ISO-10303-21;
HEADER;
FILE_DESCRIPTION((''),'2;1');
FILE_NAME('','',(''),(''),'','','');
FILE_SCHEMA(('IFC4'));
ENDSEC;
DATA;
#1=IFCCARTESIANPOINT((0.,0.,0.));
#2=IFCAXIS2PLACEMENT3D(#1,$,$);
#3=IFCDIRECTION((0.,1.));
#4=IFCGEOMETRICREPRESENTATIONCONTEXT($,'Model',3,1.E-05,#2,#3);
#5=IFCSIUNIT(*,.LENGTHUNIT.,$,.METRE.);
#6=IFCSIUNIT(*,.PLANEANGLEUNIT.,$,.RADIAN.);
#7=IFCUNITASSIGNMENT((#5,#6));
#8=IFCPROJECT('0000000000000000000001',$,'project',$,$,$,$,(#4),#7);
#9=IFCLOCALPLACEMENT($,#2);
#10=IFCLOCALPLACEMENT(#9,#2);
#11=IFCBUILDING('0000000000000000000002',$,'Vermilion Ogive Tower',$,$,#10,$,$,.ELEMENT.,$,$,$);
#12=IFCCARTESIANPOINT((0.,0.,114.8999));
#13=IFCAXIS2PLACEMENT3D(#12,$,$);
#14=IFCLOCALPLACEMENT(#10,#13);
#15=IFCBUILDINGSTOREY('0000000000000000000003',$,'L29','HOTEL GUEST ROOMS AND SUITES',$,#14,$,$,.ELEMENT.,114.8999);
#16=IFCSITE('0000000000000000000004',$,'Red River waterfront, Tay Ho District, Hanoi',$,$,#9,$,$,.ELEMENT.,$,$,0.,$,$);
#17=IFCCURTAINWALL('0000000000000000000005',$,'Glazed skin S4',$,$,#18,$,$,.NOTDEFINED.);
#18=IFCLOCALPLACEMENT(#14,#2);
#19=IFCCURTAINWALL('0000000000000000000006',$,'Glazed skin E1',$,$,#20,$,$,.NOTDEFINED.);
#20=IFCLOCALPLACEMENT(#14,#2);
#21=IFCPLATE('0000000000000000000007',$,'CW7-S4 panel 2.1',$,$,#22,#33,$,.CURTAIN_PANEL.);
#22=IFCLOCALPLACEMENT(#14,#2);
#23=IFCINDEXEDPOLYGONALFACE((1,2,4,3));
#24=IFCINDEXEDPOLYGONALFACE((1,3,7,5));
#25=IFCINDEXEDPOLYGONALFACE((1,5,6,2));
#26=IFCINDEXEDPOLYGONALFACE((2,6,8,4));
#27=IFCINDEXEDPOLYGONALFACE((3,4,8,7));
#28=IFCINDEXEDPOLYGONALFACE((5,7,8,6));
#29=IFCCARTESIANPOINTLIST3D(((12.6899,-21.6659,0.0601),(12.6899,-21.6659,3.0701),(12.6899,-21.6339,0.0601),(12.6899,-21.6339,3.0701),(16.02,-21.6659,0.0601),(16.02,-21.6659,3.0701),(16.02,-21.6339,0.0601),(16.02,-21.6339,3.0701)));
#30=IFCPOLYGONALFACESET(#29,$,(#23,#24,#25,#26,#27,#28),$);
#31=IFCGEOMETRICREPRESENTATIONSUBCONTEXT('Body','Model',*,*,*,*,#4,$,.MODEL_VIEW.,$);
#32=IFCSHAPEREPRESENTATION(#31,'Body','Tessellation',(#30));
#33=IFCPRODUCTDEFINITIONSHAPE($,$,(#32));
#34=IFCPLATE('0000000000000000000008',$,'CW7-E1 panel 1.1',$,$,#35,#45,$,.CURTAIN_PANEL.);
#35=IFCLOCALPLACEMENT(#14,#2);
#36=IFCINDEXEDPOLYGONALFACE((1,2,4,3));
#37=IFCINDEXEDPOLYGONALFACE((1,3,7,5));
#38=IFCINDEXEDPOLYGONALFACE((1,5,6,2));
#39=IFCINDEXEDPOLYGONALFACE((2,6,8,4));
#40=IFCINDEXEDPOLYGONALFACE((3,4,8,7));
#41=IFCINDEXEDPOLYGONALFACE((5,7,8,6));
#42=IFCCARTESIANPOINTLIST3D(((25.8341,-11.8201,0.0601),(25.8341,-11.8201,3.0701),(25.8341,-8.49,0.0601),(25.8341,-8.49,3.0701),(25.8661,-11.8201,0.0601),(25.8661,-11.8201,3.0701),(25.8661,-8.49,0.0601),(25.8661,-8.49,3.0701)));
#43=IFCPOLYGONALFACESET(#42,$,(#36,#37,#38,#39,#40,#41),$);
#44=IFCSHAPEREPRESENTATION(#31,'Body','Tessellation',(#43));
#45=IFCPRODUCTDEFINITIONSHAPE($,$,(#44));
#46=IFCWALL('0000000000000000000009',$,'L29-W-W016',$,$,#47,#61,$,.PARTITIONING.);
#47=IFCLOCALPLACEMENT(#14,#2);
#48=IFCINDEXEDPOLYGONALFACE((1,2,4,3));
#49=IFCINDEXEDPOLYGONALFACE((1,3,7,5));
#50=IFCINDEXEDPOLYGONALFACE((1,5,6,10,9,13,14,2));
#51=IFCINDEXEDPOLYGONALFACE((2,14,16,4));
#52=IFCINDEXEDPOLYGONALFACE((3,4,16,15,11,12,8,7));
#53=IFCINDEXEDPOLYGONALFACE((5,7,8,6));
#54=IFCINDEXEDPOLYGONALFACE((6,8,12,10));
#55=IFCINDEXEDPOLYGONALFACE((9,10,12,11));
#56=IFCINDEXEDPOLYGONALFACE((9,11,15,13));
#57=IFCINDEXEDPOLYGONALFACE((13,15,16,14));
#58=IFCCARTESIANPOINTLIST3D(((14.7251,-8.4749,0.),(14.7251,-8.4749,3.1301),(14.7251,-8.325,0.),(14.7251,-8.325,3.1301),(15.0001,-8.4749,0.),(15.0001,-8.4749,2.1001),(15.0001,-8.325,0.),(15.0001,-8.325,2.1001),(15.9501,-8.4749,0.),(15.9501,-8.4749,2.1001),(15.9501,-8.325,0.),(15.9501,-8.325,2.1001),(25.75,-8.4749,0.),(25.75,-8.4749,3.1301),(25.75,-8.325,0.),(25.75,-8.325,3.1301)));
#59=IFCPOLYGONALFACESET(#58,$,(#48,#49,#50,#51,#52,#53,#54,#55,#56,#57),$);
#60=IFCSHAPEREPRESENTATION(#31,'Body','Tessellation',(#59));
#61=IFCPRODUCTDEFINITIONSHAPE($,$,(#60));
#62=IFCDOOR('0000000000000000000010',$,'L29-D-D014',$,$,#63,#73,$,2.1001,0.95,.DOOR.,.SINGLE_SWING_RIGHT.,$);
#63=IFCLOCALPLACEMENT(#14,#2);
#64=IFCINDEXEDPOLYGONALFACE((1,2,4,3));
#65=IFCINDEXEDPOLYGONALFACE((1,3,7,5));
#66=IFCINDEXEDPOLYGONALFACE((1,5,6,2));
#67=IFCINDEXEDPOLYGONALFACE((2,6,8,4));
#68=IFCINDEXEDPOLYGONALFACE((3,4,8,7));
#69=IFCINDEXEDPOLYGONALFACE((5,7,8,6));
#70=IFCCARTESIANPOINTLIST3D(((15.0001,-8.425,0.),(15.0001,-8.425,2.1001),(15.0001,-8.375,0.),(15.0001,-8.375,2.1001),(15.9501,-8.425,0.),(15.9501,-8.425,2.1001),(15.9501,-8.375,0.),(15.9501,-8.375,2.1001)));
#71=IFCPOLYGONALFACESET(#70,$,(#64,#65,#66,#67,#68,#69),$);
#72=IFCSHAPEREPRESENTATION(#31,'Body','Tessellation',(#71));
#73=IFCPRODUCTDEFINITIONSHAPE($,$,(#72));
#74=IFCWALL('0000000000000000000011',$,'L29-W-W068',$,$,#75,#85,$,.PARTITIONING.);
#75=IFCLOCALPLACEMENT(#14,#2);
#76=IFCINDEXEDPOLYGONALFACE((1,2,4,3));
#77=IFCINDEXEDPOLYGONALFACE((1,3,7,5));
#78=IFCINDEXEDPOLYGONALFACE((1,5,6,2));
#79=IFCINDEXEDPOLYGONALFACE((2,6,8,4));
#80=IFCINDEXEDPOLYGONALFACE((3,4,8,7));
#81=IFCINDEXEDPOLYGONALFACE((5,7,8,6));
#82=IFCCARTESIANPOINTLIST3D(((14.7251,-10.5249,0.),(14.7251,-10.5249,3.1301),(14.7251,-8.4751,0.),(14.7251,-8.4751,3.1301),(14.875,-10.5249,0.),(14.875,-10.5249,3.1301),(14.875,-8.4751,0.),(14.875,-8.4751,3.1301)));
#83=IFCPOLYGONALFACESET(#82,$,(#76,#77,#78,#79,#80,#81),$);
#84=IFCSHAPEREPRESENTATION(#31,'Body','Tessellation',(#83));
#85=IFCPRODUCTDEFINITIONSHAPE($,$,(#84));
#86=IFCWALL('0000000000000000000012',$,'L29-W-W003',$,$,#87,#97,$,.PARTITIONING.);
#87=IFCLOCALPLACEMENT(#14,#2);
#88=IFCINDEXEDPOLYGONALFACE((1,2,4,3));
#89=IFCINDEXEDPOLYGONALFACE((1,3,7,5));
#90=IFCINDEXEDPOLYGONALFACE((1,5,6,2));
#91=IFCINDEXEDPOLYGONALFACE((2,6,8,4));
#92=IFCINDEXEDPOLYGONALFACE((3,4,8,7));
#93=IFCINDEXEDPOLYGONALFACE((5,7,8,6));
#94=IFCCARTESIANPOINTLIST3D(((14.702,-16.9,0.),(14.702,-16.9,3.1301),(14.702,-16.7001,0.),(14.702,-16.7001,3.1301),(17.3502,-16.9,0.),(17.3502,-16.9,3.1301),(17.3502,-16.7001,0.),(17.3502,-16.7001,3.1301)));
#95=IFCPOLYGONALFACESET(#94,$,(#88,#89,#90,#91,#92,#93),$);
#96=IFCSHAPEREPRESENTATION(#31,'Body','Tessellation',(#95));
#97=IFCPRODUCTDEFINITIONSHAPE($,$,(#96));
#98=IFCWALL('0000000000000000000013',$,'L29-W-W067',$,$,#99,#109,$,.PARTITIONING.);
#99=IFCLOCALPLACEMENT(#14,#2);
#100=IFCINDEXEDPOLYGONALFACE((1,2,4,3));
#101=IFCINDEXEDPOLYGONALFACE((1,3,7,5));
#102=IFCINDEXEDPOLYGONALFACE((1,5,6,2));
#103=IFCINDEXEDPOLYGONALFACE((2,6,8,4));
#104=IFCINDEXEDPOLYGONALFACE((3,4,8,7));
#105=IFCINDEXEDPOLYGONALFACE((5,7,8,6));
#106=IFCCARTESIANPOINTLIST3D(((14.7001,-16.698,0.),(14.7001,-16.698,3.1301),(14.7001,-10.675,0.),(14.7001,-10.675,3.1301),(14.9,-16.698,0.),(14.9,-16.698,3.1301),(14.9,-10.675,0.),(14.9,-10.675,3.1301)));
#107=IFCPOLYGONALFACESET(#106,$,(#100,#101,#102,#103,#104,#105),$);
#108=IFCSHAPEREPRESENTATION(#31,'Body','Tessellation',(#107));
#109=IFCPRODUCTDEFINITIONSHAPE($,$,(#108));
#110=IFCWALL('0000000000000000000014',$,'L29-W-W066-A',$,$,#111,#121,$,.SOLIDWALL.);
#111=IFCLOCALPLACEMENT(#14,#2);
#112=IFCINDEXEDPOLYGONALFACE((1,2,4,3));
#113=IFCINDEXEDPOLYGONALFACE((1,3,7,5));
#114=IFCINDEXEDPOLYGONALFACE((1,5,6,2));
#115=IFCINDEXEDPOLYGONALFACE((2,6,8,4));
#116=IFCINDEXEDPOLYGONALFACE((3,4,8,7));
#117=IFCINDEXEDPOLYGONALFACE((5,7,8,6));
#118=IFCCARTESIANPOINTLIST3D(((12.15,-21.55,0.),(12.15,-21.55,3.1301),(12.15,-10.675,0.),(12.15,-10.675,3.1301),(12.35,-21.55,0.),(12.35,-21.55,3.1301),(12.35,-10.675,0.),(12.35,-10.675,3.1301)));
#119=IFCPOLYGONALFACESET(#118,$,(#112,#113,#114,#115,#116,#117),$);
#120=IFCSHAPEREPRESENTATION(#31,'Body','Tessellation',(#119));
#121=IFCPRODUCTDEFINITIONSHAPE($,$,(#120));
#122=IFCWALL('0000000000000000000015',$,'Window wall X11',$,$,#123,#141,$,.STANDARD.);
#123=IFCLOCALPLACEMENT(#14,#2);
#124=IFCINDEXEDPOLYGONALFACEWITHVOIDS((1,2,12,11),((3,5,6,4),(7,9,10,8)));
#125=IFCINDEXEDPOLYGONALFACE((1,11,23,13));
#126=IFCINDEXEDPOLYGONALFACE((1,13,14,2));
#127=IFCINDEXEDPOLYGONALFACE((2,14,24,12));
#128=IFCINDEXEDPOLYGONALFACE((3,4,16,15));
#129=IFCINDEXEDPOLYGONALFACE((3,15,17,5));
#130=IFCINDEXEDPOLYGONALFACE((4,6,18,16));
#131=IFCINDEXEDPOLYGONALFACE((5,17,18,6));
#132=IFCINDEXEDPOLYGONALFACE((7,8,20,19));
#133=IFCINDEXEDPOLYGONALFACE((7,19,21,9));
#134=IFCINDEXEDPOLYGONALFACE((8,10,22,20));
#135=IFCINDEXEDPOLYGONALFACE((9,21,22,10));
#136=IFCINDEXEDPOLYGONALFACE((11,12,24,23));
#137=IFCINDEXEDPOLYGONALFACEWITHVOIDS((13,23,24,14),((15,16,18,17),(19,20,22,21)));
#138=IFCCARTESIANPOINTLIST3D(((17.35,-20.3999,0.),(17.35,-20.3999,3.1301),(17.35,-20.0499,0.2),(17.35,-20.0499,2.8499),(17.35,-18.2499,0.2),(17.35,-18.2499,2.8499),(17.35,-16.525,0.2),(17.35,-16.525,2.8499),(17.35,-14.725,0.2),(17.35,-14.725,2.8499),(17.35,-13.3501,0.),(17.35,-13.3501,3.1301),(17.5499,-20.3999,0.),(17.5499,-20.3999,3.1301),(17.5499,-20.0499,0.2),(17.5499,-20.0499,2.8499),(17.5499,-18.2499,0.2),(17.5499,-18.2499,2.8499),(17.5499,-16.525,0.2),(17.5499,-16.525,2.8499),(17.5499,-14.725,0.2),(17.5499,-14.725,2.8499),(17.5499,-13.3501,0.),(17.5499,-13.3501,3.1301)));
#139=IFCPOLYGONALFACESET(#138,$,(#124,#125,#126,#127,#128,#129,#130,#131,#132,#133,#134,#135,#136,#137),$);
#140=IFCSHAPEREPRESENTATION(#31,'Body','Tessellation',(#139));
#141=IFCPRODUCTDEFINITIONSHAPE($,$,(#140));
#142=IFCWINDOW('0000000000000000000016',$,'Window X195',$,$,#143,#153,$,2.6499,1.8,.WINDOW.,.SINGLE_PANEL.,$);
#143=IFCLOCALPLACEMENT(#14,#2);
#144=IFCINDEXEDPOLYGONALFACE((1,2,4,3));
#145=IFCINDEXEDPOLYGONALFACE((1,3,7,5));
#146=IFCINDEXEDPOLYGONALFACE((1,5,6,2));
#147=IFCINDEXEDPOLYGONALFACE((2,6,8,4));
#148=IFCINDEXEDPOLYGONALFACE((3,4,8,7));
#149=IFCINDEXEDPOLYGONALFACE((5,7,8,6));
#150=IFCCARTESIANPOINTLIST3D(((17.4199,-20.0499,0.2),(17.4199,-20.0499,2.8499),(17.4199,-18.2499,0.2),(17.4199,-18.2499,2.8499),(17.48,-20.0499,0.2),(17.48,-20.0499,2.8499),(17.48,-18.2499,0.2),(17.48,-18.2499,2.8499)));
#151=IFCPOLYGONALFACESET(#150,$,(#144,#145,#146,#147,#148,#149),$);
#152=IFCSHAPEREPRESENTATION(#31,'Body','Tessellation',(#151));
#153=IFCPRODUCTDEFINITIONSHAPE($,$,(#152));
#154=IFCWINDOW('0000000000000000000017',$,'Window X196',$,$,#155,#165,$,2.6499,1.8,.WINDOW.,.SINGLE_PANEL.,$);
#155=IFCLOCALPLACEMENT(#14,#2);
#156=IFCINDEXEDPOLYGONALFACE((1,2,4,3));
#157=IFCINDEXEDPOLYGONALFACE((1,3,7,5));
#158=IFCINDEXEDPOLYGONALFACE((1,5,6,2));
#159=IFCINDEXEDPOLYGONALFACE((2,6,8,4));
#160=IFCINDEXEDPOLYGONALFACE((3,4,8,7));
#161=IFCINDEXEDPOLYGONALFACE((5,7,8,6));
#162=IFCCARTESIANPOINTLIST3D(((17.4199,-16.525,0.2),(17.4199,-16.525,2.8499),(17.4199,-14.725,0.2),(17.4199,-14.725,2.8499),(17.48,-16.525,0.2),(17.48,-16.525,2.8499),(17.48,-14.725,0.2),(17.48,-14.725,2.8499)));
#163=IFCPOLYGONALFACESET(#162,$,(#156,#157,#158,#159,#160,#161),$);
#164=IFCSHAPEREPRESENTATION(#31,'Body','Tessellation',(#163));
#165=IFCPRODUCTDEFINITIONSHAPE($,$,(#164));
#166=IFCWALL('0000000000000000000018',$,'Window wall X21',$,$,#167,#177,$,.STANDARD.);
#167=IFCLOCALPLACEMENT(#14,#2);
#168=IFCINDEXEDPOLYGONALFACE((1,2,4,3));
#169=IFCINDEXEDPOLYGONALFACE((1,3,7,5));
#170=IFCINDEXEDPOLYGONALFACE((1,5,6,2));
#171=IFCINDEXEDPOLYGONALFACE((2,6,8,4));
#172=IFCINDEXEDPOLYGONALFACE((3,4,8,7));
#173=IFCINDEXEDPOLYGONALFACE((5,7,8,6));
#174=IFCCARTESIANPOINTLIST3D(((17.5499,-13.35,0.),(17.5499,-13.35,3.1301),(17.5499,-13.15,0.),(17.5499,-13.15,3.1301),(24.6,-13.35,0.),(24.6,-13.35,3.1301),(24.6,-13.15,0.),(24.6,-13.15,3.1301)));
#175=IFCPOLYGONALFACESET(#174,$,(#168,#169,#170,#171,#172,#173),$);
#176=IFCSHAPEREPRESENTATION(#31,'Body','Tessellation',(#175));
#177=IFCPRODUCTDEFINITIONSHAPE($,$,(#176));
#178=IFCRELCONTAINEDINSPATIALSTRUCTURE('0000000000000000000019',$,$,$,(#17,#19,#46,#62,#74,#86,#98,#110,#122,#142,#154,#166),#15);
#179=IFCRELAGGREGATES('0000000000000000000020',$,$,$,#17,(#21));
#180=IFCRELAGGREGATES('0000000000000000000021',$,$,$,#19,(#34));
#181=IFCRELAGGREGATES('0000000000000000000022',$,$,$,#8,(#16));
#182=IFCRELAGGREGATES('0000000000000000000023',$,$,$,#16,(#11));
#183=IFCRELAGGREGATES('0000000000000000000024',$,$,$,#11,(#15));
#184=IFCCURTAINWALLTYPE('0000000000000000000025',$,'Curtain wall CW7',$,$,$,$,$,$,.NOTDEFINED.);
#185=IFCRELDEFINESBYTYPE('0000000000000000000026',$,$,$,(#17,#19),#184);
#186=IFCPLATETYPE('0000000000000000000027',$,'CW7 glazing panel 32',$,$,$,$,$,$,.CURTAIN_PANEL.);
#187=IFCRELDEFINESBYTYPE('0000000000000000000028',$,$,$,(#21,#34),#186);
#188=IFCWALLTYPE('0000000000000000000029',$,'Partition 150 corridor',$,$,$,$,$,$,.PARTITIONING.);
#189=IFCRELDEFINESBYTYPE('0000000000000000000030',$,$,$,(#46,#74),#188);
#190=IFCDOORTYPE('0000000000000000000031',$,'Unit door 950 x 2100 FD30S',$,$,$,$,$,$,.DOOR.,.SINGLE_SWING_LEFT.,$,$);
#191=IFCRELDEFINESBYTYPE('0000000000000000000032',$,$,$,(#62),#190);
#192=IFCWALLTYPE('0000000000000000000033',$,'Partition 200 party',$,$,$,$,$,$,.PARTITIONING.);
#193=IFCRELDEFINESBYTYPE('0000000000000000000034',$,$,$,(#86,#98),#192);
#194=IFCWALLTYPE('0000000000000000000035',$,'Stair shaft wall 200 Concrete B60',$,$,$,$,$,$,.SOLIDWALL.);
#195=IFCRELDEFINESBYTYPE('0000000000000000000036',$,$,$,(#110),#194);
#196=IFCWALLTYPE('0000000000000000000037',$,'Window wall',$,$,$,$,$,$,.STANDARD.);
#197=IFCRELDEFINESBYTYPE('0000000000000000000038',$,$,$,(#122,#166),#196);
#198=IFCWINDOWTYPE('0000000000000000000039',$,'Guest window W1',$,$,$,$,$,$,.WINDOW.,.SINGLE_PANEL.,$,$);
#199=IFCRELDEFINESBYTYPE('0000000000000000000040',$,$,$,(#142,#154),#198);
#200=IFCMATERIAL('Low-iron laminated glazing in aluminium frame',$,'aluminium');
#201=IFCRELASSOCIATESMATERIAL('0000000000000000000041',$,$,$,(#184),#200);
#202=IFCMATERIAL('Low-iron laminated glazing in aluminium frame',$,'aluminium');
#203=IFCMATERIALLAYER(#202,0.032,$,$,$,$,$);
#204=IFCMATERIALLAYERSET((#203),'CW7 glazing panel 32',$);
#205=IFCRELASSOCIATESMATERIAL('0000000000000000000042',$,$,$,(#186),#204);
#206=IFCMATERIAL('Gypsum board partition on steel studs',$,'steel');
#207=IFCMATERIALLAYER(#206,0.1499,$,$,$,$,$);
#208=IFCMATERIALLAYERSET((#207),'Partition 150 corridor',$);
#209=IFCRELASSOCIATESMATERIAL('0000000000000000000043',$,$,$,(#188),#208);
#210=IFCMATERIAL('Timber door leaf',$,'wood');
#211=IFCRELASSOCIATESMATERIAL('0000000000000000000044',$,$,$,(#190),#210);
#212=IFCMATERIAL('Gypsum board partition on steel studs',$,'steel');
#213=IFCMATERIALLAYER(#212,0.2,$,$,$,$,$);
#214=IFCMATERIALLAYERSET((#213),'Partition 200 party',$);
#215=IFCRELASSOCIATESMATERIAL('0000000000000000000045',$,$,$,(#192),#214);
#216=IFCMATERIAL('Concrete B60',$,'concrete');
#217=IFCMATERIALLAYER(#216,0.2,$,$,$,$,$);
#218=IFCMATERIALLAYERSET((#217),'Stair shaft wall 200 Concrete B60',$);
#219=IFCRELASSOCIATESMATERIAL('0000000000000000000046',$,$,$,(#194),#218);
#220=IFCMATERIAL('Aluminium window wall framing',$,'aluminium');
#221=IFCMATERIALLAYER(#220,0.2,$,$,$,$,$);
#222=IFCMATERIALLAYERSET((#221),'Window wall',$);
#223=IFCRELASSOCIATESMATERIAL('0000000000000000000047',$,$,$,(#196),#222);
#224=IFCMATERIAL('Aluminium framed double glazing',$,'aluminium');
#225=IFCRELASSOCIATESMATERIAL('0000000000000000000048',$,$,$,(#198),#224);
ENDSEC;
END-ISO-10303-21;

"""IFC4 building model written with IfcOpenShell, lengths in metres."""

from ifc_helpers import new_model, si_unit, direction, frame, frame_2d, origin, origin_2d, place, context, subcontext, project, spatial, rectangle, extrude, material, layer, layer_set, type_object, element, fill, aggregate, save


model = new_model("IFC4")

# Units and contexts
model_context = context("Model", 3, precision=1e-05, world=origin(), true_north=direction((0.0, 1.0)))
body_context = subcontext(model_context, "Body", "Model", "MODEL_VIEW")
ifc_project = project(units=[si_unit("LENGTHUNIT", "METRE"), si_unit("PLANEANGLEUNIT", "RADIAN")], contexts=[model_context])

# Site, building, storey
site_placement = place(None, origin())
site = spatial("IfcSite", under=ifc_project, at=site_placement, Name="Red River waterfront, Tay Ho District, Hanoi", CompositionType="ELEMENT", RefElevation=0.0)
building_placement = place(site_placement, origin())
building = spatial("IfcBuilding", under=site, at=building_placement, Name="Vermilion Ogive Tower", CompositionType="ELEMENT")
storey_placement = place(building_placement, frame((0.0, 0.0, 114.8999)))
storey = spatial("IfcBuildingStorey", under=building, at=storey_placement, Name="L29", Description="HOTEL GUEST ROOMS AND SUITES", CompositionType="ELEMENT", Elevation=114.8999)

# Curtain walls
ifc_material_1 = material(Name="Low-iron laminated glazing in aluminium frame", Category="aluminium")
curtain_wall_type = type_object("IfcCurtainWallType", Name="Curtain wall CW7", PredefinedType="NOTDEFINED", material=ifc_material_1)
curtain_wall_1_placement = place(storey_placement, origin())
curtain_wall_1 = element("IfcCurtainWall", 1, at=curtain_wall_1_placement, inside=storey, type_object=curtain_wall_type, Name="Glazed skin S4", PredefinedType="NOTDEFINED")
curtain_wall_2_placement = place(storey_placement, origin())
curtain_wall_2 = element("IfcCurtainWall", 2, at=curtain_wall_2_placement, inside=storey, type_object=curtain_wall_type, Name="Glazed skin E1", PredefinedType="NOTDEFINED")

# Plates
ifc_material_2 = material(Name="Low-iron laminated glazing in aluminium frame", Category="aluminium")
ifc_layer_1 = layer(ifc_material_2, 0.032)
ifc_layer_set_1 = layer_set([ifc_layer_1], Name="CW7 glazing panel 32")
plate_type = type_object("IfcPlateType", Name="CW7 glazing panel 32", PredefinedType="CURTAIN_PANEL", material=ifc_layer_set_1)
plate_1_placement = place(storey_placement, frame((14.355, -21.6499, 0.0601), z_axis=(0.0, 0.0, 1.0), x_axis=(1.0, 0.0, 0.0)))
plate_1 = element("IfcPlate", 3, at=plate_1_placement, type_object=plate_type, Name="CW7-S4 panel 2.1", PredefinedType="CURTAIN_PANEL", context=body_context, shape_type="SweptSolid", body=[
    extrude(rectangle(XDim=3.3301, YDim=0.032, at=origin_2d()), origin(), (0.0, 0.0, 1.0), 3.01),
])
aggregate(curtain_wall_1, [plate_1])
plate_2_placement = place(storey_placement, frame((25.8501, -10.155, 0.0601), z_axis=(0.0, 0.0, 1.0), x_axis=(0.0, 1.0, 0.0)))
plate_2 = element("IfcPlate", 4, at=plate_2_placement, type_object=plate_type, Name="CW7-E1 panel 1.1", PredefinedType="CURTAIN_PANEL", context=body_context, shape_type="SweptSolid", body=[
    extrude(rectangle(XDim=3.3301, YDim=0.032, at=origin_2d()), origin(), (0.0, 0.0, 1.0), 3.01),
])
aggregate(curtain_wall_2, [plate_2])

# Wall, opening, door
ifc_material_3 = material(Name="Gypsum board partition on steel studs", Category="steel")
ifc_layer_2 = layer(ifc_material_3, 0.1499)
ifc_layer_set_2 = layer_set([ifc_layer_2], Name="Partition 150 corridor")
wall_type_1 = type_object("IfcWallType", Name="Partition 150 corridor", PredefinedType="PARTITIONING", material=ifc_layer_set_2)
wall_1_placement = place(storey_placement, frame((14.7251, -8.3999, 0.0), z_axis=(0.0, 0.0, 1.0), x_axis=(1.0, 0.0, 0.0)))
wall_1 = element("IfcWall", 5, at=wall_1_placement, inside=storey, type_object=wall_type_1, Name="L29-W-W016", PredefinedType="PARTITIONING", context=body_context, shape_type="SweptSolid", body=[
    extrude(rectangle(XDim=11.0249, YDim=0.1499, at=frame_2d((5.5125, 0.0))), origin(), (0.0, 0.0, 1.0), 3.1301),
])
opening_1_placement = place(wall_1_placement, frame((0.2749, 0.0, 0.0)))
opening_1 = element("IfcOpeningElement", 6, at=opening_1_placement, cuts=wall_1, PredefinedType="OPENING", context=body_context, shape_type="SweptSolid", body=[
    extrude(rectangle(XDim=0.95, YDim=2.1001, at=frame_2d((0.4751, 1.05))), frame((0.0, 0.085, 0.0), z_axis=(0.0, -1.0, 0.0), x_axis=(1.0, 0.0, 0.0)), (0.0, 0.0, 1.0), 0.1699),
])
ifc_material_4 = material(Name="Timber door leaf", Category="wood")
door_type = type_object("IfcDoorType", Name="Unit door 950 x 2100 FD30S", OperationType="SINGLE_SWING_LEFT", PredefinedType="DOOR", material=ifc_material_4)
door_placement = place(opening_1_placement, origin())
door = element("IfcDoor", 7, at=door_placement, inside=storey, type_object=door_type, Name="L29-D-D014", OperationType="SINGLE_SWING_RIGHT", OverallHeight=2.1001, OverallWidth=0.95, PredefinedType="DOOR", context=body_context, shape_type="SweptSolid", body=[
    extrude(rectangle(XDim=0.95, YDim=2.1001, at=frame_2d((0.4751, 1.05))), frame((0.0, 0.0249, 0.0), z_axis=(0.0, -1.0, 0.0), x_axis=(1.0, 0.0, 0.0)), (0.0, 0.0, 1.0), 0.05),
])
fill(opening_1, door)

# Walls
wall_2_placement = place(storey_placement, frame((14.8, -10.5249, 0.0), z_axis=(0.0, 0.0, 1.0), x_axis=(0.0, 1.0, 0.0)))
element("IfcWall", 8, at=wall_2_placement, inside=storey, type_object=wall_type_1, Name="L29-W-W068", PredefinedType="PARTITIONING", context=body_context, shape_type="SweptSolid", body=[
    extrude(rectangle(XDim=2.0498, YDim=0.1499, at=frame_2d((1.0249, 0.0))), origin(), (0.0, 0.0, 1.0), 3.1301),
])
ifc_material_5 = material(Name="Gypsum board partition on steel studs", Category="steel")
ifc_layer_3 = layer(ifc_material_5, 0.2)
ifc_layer_set_3 = layer_set([ifc_layer_3], Name="Partition 200 party")
wall_type_2 = type_object("IfcWallType", Name="Partition 200 party", PredefinedType="PARTITIONING", material=ifc_layer_set_3)
wall_3_placement = place(storey_placement, frame((14.7019, -16.8, 0.0), z_axis=(0.0, 0.0, 1.0), x_axis=(1.0, 0.0, 0.0)))
element("IfcWall", 9, at=wall_3_placement, inside=storey, type_object=wall_type_2, Name="L29-W-W003", PredefinedType="PARTITIONING", context=body_context, shape_type="SweptSolid", body=[
    extrude(rectangle(XDim=2.6482, YDim=0.2, at=frame_2d((1.3242, 0.0))), origin(), (0.0, 0.0, 1.0), 3.1301),
])
wall_4_placement = place(storey_placement, frame((14.8, -16.698, 0.0), z_axis=(0.0, 0.0, 1.0), x_axis=(0.0, 1.0, 0.0)))
element("IfcWall", 10, at=wall_4_placement, inside=storey, type_object=wall_type_2, Name="L29-W-W067", PredefinedType="PARTITIONING", context=body_context, shape_type="SweptSolid", body=[
    extrude(rectangle(XDim=6.0229, YDim=0.2, at=frame_2d((3.0115, 0.0))), origin(), (0.0, 0.0, 1.0), 3.1301),
])
ifc_material_6 = material(Name="Concrete B60", Category="concrete")
ifc_layer_4 = layer(ifc_material_6, 0.2)
ifc_layer_set_4 = layer_set([ifc_layer_4], Name="Stair shaft wall 200 Concrete B60")
wall_type_3 = type_object("IfcWallType", Name="Stair shaft wall 200 Concrete B60", PredefinedType="SOLIDWALL", material=ifc_layer_set_4)
wall_5_placement = place(storey_placement, frame((12.25, -21.55, 0.0), z_axis=(0.0, 0.0, 1.0), x_axis=(0.0, 1.0, 0.0)))
element("IfcWall", 11, at=wall_5_placement, inside=storey, type_object=wall_type_3, Name="L29-W-W066-A", PredefinedType="SOLIDWALL", context=body_context, shape_type="SweptSolid", body=[
    extrude(rectangle(XDim=10.875, YDim=0.2, at=frame_2d((5.4375, 0.0))), origin(), (0.0, 0.0, 1.0), 3.1301),
])

# Wall, openings, windows
ifc_material_7 = material(Name="Aluminium window wall framing", Category="aluminium")
ifc_layer_5 = layer(ifc_material_7, 0.2)
ifc_layer_set_5 = layer_set([ifc_layer_5], Name="Window wall")
wall_type_4 = type_object("IfcWallType", Name="Window wall", PredefinedType="STANDARD", material=ifc_layer_set_5)
wall_6_placement = place(storey_placement, frame((17.45, -20.3999, 0.0), z_axis=(0.0, 0.0, 1.0), x_axis=(0.0, 1.0, 0.0)))
wall_6 = element("IfcWall", 12, at=wall_6_placement, inside=storey, type_object=wall_type_4, Name="Window wall X11", PredefinedType="STANDARD", context=body_context, shape_type="SweptSolid", body=[
    extrude(rectangle(XDim=7.0498, YDim=0.2, at=frame_2d((3.5249, 0.0))), origin(), (0.0, 0.0, 1.0), 3.1301),
])
opening_2_placement = place(wall_6_placement, frame((0.3501, 0.0, 0.2)))
opening_2 = element("IfcOpeningElement", 13, at=opening_2_placement, cuts=wall_6, PredefinedType="OPENING", context=body_context, shape_type="SweptSolid", body=[
    extrude(rectangle(XDim=1.8, YDim=2.6499, at=frame_2d((0.8999, 1.325))), frame((0.0, 0.1099, 0.0), z_axis=(0.0, -1.0, 0.0), x_axis=(1.0, 0.0, 0.0)), (0.0, 0.0, 1.0), 0.22),
])
opening_3_placement = place(wall_6_placement, frame((3.875, 0.0, 0.2)))
opening_3 = element("IfcOpeningElement", 14, at=opening_3_placement, cuts=wall_6, PredefinedType="OPENING", context=body_context, shape_type="SweptSolid", body=[
    extrude(rectangle(XDim=1.8, YDim=2.6499, at=frame_2d((0.8999, 1.325))), frame((0.0, 0.1099, 0.0), z_axis=(0.0, -1.0, 0.0), x_axis=(1.0, 0.0, 0.0)), (0.0, 0.0, 1.0), 0.22),
])
ifc_material_8 = material(Name="Aluminium framed double glazing", Category="aluminium")
window_type = type_object("IfcWindowType", Name="Guest window W1", PartitioningType="SINGLE_PANEL", PredefinedType="WINDOW", material=ifc_material_8)
window_1_placement = place(opening_2_placement, origin())
window_1 = element("IfcWindow", 15, at=window_1_placement, inside=storey, type_object=window_type, Name="Window X195", OverallHeight=2.6499, OverallWidth=1.8, PartitioningType="SINGLE_PANEL", PredefinedType="WINDOW", context=body_context, shape_type="SweptSolid", body=[
    extrude(rectangle(XDim=1.8, YDim=2.6499, at=frame_2d((0.8999, 1.325))), frame((0.0, 0.03, 0.0), z_axis=(0.0, -1.0, 0.0), x_axis=(1.0, 0.0, 0.0)), (0.0, 0.0, 1.0), 0.0601),
])
fill(opening_2, window_1)
window_2_placement = place(opening_3_placement, origin())
window_2 = element("IfcWindow", 16, at=window_2_placement, inside=storey, type_object=window_type, Name="Window X196", OverallHeight=2.6499, OverallWidth=1.8, PartitioningType="SINGLE_PANEL", PredefinedType="WINDOW", context=body_context, shape_type="SweptSolid", body=[
    extrude(rectangle(XDim=1.8, YDim=2.6499, at=frame_2d((0.8999, 1.325))), frame((0.0, 0.03, 0.0), z_axis=(0.0, -1.0, 0.0), x_axis=(1.0, 0.0, 0.0)), (0.0, 0.0, 1.0), 0.0601),
])
fill(opening_3, window_2)

# Wall
wall_7_placement = place(storey_placement, frame((17.55, -13.25, 0.0), z_axis=(0.0, 0.0, 1.0), x_axis=(1.0, 0.0, 0.0)))
element("IfcWall", 17, at=wall_7_placement, inside=storey, type_object=wall_type_4, Name="Window wall X21", PredefinedType="STANDARD", context=body_context, shape_type="SweptSolid", body=[
    extrude(rectangle(XDim=7.05, YDim=0.2, at=frame_2d((3.5249, 0.0))), origin(), (0.0, 0.0, 1.0), 3.1301),
])

save(model, "model.ifc")
